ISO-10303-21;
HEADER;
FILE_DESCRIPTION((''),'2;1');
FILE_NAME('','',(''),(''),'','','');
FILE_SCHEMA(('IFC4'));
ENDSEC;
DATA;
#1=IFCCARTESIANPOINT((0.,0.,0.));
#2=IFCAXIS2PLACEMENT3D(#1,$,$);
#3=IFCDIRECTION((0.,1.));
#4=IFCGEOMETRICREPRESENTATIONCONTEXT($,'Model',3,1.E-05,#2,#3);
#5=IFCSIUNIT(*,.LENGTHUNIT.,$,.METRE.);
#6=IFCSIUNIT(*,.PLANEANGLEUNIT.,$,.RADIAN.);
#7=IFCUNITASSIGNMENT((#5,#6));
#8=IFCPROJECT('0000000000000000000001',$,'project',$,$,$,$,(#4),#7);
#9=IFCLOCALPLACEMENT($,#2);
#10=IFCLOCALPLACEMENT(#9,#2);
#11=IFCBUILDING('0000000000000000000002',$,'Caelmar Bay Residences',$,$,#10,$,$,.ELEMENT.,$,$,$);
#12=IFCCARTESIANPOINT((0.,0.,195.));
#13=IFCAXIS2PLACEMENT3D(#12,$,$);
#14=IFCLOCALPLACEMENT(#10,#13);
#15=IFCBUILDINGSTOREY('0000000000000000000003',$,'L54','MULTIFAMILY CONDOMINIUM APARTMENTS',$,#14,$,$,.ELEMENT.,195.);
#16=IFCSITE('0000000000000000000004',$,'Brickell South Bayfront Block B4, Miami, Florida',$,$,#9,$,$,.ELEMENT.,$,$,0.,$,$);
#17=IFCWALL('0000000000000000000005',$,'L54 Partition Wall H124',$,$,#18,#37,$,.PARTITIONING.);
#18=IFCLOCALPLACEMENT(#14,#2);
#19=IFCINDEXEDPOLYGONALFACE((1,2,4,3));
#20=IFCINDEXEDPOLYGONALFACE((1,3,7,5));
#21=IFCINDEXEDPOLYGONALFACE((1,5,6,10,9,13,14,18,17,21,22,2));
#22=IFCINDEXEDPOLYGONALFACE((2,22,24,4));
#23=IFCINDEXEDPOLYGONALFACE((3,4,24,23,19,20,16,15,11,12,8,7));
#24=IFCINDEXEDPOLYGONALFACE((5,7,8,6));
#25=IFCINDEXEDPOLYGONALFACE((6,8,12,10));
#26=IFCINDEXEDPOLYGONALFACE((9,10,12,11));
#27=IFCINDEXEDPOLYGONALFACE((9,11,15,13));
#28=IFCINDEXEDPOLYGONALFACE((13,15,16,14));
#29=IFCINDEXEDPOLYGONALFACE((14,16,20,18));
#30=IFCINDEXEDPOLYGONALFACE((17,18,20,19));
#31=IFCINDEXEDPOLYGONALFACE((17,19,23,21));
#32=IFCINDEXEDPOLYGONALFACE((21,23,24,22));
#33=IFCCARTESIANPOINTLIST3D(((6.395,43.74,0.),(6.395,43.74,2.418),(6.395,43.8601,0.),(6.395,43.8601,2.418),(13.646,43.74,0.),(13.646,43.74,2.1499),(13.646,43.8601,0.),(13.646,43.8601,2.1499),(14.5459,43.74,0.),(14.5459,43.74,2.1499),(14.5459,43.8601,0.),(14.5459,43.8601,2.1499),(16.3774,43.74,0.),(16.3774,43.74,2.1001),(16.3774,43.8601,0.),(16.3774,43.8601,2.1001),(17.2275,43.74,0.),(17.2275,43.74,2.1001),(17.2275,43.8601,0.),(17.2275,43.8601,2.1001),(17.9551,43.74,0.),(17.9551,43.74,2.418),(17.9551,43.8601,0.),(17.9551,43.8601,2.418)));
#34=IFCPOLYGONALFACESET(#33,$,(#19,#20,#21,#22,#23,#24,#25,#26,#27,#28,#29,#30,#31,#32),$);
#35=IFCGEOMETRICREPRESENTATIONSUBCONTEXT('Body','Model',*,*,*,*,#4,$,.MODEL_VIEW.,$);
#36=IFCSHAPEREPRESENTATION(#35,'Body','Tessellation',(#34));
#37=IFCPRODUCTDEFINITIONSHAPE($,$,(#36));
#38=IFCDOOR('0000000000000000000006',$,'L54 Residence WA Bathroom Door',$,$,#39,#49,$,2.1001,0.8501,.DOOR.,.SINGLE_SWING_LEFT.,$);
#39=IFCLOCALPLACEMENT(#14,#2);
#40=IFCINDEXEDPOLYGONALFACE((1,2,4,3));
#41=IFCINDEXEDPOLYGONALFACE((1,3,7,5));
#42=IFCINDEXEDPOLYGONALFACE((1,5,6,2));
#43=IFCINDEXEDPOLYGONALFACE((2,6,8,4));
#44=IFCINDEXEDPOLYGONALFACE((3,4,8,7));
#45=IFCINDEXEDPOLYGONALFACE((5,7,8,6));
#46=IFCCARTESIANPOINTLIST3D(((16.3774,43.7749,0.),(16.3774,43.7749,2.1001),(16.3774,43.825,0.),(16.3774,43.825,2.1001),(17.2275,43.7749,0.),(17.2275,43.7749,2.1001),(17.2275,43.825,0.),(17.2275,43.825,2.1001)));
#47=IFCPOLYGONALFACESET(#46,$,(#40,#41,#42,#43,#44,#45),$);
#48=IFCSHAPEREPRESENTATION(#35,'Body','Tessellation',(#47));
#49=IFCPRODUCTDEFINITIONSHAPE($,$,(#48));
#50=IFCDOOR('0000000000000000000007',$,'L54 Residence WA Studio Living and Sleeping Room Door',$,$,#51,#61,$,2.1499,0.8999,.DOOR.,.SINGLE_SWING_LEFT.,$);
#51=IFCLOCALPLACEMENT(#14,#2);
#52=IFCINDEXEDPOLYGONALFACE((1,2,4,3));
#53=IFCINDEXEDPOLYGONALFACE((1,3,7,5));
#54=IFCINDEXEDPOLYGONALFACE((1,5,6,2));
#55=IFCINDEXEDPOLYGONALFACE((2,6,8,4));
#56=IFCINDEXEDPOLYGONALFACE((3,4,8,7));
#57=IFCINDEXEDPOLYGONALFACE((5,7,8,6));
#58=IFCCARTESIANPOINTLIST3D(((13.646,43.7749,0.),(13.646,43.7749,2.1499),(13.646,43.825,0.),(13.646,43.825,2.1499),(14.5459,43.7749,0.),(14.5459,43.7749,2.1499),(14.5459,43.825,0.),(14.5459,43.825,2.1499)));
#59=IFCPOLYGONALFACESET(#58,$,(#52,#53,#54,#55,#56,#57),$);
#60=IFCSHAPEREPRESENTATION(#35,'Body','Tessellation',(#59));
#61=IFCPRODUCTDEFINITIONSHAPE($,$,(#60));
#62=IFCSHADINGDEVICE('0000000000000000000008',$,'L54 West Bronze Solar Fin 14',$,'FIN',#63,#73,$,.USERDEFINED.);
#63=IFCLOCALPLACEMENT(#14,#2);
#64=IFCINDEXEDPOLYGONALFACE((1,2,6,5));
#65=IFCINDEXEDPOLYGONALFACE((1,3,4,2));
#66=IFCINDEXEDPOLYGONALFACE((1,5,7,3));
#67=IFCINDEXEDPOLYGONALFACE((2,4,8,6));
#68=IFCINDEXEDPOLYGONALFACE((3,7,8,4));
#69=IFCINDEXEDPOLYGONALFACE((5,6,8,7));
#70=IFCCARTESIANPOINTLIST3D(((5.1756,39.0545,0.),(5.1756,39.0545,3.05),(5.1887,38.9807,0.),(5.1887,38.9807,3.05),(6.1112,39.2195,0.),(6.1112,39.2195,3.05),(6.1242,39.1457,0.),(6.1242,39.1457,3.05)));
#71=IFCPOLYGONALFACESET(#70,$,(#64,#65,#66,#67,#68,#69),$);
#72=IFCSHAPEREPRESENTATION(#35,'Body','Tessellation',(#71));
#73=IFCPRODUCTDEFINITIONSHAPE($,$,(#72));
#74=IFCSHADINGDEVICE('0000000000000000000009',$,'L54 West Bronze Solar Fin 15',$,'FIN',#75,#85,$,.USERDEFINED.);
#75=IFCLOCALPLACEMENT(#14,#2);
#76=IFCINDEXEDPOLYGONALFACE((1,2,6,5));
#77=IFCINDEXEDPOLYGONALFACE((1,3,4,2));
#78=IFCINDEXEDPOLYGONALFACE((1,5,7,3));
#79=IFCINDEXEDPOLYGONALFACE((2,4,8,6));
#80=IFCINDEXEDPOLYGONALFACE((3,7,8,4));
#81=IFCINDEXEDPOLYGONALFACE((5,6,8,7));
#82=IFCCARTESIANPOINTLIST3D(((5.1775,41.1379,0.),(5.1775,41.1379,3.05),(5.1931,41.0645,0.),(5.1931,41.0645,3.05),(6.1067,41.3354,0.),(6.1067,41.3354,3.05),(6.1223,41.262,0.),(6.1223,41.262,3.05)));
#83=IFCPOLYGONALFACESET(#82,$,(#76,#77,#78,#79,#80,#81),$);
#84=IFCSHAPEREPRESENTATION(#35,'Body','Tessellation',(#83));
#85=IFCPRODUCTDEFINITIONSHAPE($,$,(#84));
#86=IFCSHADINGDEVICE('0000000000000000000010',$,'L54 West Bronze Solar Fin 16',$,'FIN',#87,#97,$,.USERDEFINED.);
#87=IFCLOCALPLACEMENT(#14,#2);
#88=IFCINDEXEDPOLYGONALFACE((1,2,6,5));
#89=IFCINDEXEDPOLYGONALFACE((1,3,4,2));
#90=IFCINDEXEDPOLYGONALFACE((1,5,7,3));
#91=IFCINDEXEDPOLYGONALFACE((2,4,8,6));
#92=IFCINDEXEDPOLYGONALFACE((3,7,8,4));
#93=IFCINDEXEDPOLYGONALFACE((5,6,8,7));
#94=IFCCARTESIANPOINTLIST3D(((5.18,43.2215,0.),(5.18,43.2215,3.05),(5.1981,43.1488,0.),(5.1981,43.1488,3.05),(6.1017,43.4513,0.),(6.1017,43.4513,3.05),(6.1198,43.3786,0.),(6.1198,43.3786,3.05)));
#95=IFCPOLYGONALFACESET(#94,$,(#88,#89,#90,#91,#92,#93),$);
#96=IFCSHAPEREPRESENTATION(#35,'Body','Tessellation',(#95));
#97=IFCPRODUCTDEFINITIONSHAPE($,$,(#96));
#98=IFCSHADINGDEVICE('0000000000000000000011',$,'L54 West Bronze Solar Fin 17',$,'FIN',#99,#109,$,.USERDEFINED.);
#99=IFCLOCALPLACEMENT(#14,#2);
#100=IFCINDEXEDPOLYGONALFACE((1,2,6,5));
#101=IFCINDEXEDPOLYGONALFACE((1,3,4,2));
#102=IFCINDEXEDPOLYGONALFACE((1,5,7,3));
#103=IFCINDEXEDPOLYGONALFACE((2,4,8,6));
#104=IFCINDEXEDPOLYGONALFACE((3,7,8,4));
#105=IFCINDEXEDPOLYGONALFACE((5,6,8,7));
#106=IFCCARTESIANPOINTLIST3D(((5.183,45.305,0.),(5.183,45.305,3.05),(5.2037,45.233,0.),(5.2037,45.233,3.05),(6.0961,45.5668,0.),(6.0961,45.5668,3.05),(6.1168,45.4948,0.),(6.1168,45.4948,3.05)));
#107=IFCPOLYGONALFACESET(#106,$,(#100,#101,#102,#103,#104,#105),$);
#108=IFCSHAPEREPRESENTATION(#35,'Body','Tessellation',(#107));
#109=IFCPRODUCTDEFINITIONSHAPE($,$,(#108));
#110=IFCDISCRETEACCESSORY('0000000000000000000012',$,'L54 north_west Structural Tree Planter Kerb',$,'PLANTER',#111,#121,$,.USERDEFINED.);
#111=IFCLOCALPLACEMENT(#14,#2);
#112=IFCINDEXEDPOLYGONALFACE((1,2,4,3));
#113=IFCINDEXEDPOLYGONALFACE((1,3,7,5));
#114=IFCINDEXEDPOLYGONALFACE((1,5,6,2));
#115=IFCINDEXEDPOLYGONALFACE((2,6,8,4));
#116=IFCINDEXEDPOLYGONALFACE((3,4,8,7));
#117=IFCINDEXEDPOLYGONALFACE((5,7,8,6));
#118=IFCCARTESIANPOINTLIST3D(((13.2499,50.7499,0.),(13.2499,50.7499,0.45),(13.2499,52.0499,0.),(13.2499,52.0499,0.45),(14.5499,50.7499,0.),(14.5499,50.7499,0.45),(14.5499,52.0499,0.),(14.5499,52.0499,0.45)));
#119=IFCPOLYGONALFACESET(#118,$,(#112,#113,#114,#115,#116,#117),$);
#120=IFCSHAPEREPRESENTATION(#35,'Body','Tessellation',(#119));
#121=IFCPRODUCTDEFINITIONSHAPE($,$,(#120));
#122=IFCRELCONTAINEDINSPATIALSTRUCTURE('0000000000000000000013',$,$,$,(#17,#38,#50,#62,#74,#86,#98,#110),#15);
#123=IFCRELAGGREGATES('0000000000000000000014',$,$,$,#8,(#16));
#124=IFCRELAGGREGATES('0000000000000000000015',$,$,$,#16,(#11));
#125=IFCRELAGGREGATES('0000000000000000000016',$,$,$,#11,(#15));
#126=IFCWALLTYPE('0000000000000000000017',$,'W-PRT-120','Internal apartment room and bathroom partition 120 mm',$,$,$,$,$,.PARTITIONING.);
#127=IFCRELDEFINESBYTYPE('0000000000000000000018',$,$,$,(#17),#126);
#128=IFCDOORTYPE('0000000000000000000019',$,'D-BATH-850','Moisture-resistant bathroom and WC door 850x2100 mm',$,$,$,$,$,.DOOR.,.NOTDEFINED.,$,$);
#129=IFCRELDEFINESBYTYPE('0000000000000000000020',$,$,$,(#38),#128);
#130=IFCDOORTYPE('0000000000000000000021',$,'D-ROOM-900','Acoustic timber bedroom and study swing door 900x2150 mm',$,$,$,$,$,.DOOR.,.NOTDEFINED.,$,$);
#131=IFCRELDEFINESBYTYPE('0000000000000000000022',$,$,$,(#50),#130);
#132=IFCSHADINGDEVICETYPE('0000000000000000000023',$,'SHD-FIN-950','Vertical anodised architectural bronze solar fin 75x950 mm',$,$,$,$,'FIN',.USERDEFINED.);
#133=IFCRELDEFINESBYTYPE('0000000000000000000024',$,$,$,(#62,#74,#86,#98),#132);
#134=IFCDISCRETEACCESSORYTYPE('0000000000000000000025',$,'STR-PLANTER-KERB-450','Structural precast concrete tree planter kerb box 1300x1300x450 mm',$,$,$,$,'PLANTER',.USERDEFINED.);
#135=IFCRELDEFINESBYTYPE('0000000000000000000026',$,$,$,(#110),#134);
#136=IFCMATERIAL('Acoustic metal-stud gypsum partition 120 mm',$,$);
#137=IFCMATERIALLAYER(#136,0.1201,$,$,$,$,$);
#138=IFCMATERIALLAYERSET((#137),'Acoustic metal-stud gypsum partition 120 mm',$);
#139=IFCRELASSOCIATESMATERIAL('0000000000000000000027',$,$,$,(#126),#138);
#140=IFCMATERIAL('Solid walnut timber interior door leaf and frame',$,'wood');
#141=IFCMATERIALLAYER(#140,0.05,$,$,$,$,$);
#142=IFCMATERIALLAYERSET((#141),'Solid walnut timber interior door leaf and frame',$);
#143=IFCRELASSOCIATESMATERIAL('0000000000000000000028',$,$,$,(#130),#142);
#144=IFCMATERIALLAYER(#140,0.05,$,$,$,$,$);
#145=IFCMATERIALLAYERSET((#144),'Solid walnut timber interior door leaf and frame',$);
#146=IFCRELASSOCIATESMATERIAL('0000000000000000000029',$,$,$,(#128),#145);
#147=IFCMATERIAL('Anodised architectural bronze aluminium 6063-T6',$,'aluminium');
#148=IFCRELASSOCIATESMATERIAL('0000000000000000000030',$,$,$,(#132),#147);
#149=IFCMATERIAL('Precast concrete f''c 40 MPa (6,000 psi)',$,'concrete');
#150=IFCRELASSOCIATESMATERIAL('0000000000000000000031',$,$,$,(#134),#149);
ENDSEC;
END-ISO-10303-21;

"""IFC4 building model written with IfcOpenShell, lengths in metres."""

from ifc_helpers import new_model, si_unit, direction, frame, frame_2d, origin, origin_2d, place, context, subcontext, project, spatial, rectangle, extrude, material, layer, layer_set, material_profile, profile_set, type_object, element, fill, save


model = new_model("IFC4")

# Units and contexts
model_context = context("Model", 3, precision=1e-05, world=origin(), true_north=direction((0.0, 1.0)))
body_context = subcontext(model_context, "Body", "Model", "MODEL_VIEW")
ifc_project = project(units=[si_unit("LENGTHUNIT", "METRE"), si_unit("PLANEANGLEUNIT", "RADIAN")], contexts=[model_context])

# Site, building, storey
site_placement = place(None, origin())
site = spatial("IfcSite", under=ifc_project, at=site_placement, Name="Brickell South Bayfront Block B4, Miami, Florida", CompositionType="ELEMENT", RefElevation=0.0)
building_placement = place(site_placement, origin())
building = spatial("IfcBuilding", under=site, at=building_placement, Name="Caelmar Bay Residences", CompositionType="ELEMENT")
storey_placement = place(building_placement, frame((0.0, 0.0, 195.0)))
storey = spatial("IfcBuildingStorey", under=building, at=storey_placement, Name="L54", Description="MULTIFAMILY CONDOMINIUM APARTMENTS", CompositionType="ELEMENT", Elevation=195.0)

# Shared definitions
ifc_material_1 = material(Name="Precast concrete f'c 40 MPa (6,000 psi)", Category="concrete")

# Shared definitions
ifc_material_2 = material(Name="Acoustic metal-stud gypsum partition 120 mm")
ifc_layer_1 = layer(ifc_material_2, 0.1201)
ifc_layer_set_1 = layer_set([ifc_layer_1], Name="Acoustic metal-stud gypsum partition 120 mm")
wall_type_1 = type_object("IfcWallType", Name="W-PRT-120", Description="Internal apartment room and bathroom partition 120 mm", PredefinedType="PARTITIONING", material=ifc_layer_set_1)
ifc_material_3 = material(Name="Solid walnut timber interior door leaf and frame", Category="wood")
ifc_layer_2 = layer(ifc_material_3, 0.05)
ifc_layer_set_2 = layer_set([ifc_layer_2], Name="Solid walnut timber interior door leaf and frame")
door_type_1 = type_object("IfcDoorType", Name="D-ROOM-900", Description="Acoustic timber bedroom and study swing door 900x2150 mm", OperationType="NOTDEFINED", PredefinedType="DOOR", material=ifc_layer_set_2)

# Wall, openings, doors
wall_1_placement = place(storey_placement, frame((6.395, 43.8, 0.0), z_axis=(0.0, 0.0, 1.0), x_axis=(1.0, 0.0, 0.0)))
wall_1 = element("IfcWall", 1, at=wall_1_placement, inside=storey, type_object=wall_type_1, Name="L54 Partition Wall H124", PredefinedType="PARTITIONING", context=body_context, shape_type="SweptSolid", body=[
    extrude(rectangle(XDim=11.5601, YDim=0.1201, at=frame_2d((5.78, 0.0))), origin(), (0.0, 0.0, 1.0), 2.418),
])
opening_1_placement = place(wall_1_placement, frame((7.251, 0.0, 0.0)))
opening_1 = element("IfcOpeningElement", 2, at=opening_1_placement, cuts=wall_1, PredefinedType="OPENING", context=body_context, shape_type="SweptSolid", body=[
    extrude(rectangle(XDim=0.8999, YDim=2.1499, at=frame_2d((0.45, 1.075))), frame((0.0, 0.0701, 0.0), z_axis=(0.0, -1.0, 0.0), x_axis=(1.0, 0.0, 0.0)), (0.0, 0.0, 1.0), 0.1401),
])
opening_2_placement = place(wall_1_placement, frame((9.9824, 0.0, 0.0)))
opening_2 = element("IfcOpeningElement", 3, at=opening_2_placement, cuts=wall_1, PredefinedType="OPENING", context=body_context, shape_type="SweptSolid", body=[
    extrude(rectangle(XDim=0.8501, YDim=2.1001, at=frame_2d((0.425, 1.05))), frame((0.0, 0.0701, 0.0), z_axis=(0.0, -1.0, 0.0), x_axis=(1.0, 0.0, 0.0)), (0.0, 0.0, 1.0), 0.1401),
])
ifc_layer_3 = layer(ifc_material_3, 0.05)
ifc_layer_set_3 = layer_set([ifc_layer_3], Name="Solid walnut timber interior door leaf and frame")
door_type_2 = type_object("IfcDoorType", Name="D-BATH-850", Description="Moisture-resistant bathroom and WC door 850x2100 mm", OperationType="NOTDEFINED", PredefinedType="DOOR", material=ifc_layer_set_3)
door_1_placement = place(opening_2_placement, origin())
door_1 = element("IfcDoor", 4, at=door_1_placement, inside=storey, type_object=door_type_2, Name="L54 Residence WA Bathroom Door", OperationType="SINGLE_SWING_LEFT", OverallHeight=2.1001, OverallWidth=0.8501, PredefinedType="DOOR", context=body_context, shape_type="SweptSolid", body=[
    extrude(rectangle(XDim=0.8501, YDim=2.1001, at=frame_2d((0.425, 1.05))), frame((0.0, 0.0249, 0.0), z_axis=(0.0, -1.0, 0.0), x_axis=(1.0, 0.0, 0.0)), (0.0, 0.0, 1.0), 0.05),
])
fill(opening_2, door_1)
door_2_placement = place(opening_1_placement, origin())
door_2 = element("IfcDoor", 5, at=door_2_placement, inside=storey, type_object=door_type_1, Name="L54 Residence WA Studio Living and Sleeping Room Door", OperationType="SINGLE_SWING_LEFT", OverallHeight=2.1499, OverallWidth=0.8999, PredefinedType="DOOR", context=body_context, shape_type="SweptSolid", body=[
    extrude(rectangle(XDim=0.8999, YDim=2.1499, at=frame_2d((0.45, 1.075))), frame((0.0, 0.0249, 0.0), z_axis=(0.0, -1.0, 0.0), x_axis=(1.0, 0.0, 0.0)), (0.0, 0.0, 1.0), 0.05),
])
fill(opening_1, door_2)

# Shading devices
ifc_material_4 = material(Name="Anodised architectural bronze aluminium 6063-T6", Category="aluminium")
ifc_material_profile_1 = material_profile(ifc_material_4, rectangle(XDim=0.075, YDim=0.95, at=origin_2d()), Name="BRONZE-FIN-75X950")
ifc_profile_set_1 = profile_set([ifc_material_profile_1], Name="Anodised architectural bronze aluminium 6063-T6")
shading_device_type = type_object("IfcShadingDeviceType", Name="SHD-FIN-950", Description="Vertical anodised architectural bronze solar fin 75x950 mm", ElementType="FIN", PredefinedType="USERDEFINED", material=ifc_profile_set_1)
for number, where, z_axis, x_axis, name in (
    (6, (5.6499, 39.1001, 0.0), (0.0, 0.0, 1.0), (-0.173648, 0.984808, 0.0), "L54 West Bronze Solar Fin 14"),
    (7, (5.6499, 41.2, 0.0), (0.0, 0.0, 1.0), (-0.207912, 0.978148, 0.0), "L54 West Bronze Solar Fin 15"),
    (8, (5.6499, 43.3, 0.0), (0.0, 0.0, 1.0), (-0.241922, 0.970296, 0.0), "L54 West Bronze Solar Fin 16"),
    (9, (5.6499, 45.3999, 0.0), (0.0, 0.0, 1.0), (-0.275637, 0.961262, 0.0), "L54 West Bronze Solar Fin 17"),
):
    element("IfcShadingDevice", number, at=place(storey_placement, frame(where, z_axis=z_axis, x_axis=x_axis)), inside=storey, type_object=shading_device_type, Name=name, ObjectType="FIN", PredefinedType="USERDEFINED", context=body_context, shape_type="SweptSolid", body=[
        extrude(rectangle(XDim=0.075, YDim=0.95, at=origin_2d()), origin(), (0.0, 0.0, 1.0), 3.05),
    ])

# Discrete accessory
discrete_accessory_type = type_object("IfcDiscreteAccessoryType", Name="STR-PLANTER-KERB-450", Description="Structural precast concrete tree planter kerb box 1300x1300x450 mm", ElementType="PLANTER", PredefinedType="USERDEFINED", material=ifc_material_1)
discrete_accessory_placement = place(storey_placement, frame((13.8999, 51.3999, 0.0), z_axis=(0.0, 0.0, 1.0), x_axis=(1.0, 0.0, 0.0)))
element("IfcDiscreteAccessory", 10, at=discrete_accessory_placement, inside=storey, type_object=discrete_accessory_type, Name="L54 north_west Structural Tree Planter Kerb", ObjectType="PLANTER", PredefinedType="USERDEFINED", context=body_context, shape_type="SweptSolid", body=[
    extrude(rectangle(XDim=1.3, YDim=1.3, at=origin_2d()), origin(), (0.0, 0.0, 1.0), 0.45),
])

save(model, "model.ifc")
